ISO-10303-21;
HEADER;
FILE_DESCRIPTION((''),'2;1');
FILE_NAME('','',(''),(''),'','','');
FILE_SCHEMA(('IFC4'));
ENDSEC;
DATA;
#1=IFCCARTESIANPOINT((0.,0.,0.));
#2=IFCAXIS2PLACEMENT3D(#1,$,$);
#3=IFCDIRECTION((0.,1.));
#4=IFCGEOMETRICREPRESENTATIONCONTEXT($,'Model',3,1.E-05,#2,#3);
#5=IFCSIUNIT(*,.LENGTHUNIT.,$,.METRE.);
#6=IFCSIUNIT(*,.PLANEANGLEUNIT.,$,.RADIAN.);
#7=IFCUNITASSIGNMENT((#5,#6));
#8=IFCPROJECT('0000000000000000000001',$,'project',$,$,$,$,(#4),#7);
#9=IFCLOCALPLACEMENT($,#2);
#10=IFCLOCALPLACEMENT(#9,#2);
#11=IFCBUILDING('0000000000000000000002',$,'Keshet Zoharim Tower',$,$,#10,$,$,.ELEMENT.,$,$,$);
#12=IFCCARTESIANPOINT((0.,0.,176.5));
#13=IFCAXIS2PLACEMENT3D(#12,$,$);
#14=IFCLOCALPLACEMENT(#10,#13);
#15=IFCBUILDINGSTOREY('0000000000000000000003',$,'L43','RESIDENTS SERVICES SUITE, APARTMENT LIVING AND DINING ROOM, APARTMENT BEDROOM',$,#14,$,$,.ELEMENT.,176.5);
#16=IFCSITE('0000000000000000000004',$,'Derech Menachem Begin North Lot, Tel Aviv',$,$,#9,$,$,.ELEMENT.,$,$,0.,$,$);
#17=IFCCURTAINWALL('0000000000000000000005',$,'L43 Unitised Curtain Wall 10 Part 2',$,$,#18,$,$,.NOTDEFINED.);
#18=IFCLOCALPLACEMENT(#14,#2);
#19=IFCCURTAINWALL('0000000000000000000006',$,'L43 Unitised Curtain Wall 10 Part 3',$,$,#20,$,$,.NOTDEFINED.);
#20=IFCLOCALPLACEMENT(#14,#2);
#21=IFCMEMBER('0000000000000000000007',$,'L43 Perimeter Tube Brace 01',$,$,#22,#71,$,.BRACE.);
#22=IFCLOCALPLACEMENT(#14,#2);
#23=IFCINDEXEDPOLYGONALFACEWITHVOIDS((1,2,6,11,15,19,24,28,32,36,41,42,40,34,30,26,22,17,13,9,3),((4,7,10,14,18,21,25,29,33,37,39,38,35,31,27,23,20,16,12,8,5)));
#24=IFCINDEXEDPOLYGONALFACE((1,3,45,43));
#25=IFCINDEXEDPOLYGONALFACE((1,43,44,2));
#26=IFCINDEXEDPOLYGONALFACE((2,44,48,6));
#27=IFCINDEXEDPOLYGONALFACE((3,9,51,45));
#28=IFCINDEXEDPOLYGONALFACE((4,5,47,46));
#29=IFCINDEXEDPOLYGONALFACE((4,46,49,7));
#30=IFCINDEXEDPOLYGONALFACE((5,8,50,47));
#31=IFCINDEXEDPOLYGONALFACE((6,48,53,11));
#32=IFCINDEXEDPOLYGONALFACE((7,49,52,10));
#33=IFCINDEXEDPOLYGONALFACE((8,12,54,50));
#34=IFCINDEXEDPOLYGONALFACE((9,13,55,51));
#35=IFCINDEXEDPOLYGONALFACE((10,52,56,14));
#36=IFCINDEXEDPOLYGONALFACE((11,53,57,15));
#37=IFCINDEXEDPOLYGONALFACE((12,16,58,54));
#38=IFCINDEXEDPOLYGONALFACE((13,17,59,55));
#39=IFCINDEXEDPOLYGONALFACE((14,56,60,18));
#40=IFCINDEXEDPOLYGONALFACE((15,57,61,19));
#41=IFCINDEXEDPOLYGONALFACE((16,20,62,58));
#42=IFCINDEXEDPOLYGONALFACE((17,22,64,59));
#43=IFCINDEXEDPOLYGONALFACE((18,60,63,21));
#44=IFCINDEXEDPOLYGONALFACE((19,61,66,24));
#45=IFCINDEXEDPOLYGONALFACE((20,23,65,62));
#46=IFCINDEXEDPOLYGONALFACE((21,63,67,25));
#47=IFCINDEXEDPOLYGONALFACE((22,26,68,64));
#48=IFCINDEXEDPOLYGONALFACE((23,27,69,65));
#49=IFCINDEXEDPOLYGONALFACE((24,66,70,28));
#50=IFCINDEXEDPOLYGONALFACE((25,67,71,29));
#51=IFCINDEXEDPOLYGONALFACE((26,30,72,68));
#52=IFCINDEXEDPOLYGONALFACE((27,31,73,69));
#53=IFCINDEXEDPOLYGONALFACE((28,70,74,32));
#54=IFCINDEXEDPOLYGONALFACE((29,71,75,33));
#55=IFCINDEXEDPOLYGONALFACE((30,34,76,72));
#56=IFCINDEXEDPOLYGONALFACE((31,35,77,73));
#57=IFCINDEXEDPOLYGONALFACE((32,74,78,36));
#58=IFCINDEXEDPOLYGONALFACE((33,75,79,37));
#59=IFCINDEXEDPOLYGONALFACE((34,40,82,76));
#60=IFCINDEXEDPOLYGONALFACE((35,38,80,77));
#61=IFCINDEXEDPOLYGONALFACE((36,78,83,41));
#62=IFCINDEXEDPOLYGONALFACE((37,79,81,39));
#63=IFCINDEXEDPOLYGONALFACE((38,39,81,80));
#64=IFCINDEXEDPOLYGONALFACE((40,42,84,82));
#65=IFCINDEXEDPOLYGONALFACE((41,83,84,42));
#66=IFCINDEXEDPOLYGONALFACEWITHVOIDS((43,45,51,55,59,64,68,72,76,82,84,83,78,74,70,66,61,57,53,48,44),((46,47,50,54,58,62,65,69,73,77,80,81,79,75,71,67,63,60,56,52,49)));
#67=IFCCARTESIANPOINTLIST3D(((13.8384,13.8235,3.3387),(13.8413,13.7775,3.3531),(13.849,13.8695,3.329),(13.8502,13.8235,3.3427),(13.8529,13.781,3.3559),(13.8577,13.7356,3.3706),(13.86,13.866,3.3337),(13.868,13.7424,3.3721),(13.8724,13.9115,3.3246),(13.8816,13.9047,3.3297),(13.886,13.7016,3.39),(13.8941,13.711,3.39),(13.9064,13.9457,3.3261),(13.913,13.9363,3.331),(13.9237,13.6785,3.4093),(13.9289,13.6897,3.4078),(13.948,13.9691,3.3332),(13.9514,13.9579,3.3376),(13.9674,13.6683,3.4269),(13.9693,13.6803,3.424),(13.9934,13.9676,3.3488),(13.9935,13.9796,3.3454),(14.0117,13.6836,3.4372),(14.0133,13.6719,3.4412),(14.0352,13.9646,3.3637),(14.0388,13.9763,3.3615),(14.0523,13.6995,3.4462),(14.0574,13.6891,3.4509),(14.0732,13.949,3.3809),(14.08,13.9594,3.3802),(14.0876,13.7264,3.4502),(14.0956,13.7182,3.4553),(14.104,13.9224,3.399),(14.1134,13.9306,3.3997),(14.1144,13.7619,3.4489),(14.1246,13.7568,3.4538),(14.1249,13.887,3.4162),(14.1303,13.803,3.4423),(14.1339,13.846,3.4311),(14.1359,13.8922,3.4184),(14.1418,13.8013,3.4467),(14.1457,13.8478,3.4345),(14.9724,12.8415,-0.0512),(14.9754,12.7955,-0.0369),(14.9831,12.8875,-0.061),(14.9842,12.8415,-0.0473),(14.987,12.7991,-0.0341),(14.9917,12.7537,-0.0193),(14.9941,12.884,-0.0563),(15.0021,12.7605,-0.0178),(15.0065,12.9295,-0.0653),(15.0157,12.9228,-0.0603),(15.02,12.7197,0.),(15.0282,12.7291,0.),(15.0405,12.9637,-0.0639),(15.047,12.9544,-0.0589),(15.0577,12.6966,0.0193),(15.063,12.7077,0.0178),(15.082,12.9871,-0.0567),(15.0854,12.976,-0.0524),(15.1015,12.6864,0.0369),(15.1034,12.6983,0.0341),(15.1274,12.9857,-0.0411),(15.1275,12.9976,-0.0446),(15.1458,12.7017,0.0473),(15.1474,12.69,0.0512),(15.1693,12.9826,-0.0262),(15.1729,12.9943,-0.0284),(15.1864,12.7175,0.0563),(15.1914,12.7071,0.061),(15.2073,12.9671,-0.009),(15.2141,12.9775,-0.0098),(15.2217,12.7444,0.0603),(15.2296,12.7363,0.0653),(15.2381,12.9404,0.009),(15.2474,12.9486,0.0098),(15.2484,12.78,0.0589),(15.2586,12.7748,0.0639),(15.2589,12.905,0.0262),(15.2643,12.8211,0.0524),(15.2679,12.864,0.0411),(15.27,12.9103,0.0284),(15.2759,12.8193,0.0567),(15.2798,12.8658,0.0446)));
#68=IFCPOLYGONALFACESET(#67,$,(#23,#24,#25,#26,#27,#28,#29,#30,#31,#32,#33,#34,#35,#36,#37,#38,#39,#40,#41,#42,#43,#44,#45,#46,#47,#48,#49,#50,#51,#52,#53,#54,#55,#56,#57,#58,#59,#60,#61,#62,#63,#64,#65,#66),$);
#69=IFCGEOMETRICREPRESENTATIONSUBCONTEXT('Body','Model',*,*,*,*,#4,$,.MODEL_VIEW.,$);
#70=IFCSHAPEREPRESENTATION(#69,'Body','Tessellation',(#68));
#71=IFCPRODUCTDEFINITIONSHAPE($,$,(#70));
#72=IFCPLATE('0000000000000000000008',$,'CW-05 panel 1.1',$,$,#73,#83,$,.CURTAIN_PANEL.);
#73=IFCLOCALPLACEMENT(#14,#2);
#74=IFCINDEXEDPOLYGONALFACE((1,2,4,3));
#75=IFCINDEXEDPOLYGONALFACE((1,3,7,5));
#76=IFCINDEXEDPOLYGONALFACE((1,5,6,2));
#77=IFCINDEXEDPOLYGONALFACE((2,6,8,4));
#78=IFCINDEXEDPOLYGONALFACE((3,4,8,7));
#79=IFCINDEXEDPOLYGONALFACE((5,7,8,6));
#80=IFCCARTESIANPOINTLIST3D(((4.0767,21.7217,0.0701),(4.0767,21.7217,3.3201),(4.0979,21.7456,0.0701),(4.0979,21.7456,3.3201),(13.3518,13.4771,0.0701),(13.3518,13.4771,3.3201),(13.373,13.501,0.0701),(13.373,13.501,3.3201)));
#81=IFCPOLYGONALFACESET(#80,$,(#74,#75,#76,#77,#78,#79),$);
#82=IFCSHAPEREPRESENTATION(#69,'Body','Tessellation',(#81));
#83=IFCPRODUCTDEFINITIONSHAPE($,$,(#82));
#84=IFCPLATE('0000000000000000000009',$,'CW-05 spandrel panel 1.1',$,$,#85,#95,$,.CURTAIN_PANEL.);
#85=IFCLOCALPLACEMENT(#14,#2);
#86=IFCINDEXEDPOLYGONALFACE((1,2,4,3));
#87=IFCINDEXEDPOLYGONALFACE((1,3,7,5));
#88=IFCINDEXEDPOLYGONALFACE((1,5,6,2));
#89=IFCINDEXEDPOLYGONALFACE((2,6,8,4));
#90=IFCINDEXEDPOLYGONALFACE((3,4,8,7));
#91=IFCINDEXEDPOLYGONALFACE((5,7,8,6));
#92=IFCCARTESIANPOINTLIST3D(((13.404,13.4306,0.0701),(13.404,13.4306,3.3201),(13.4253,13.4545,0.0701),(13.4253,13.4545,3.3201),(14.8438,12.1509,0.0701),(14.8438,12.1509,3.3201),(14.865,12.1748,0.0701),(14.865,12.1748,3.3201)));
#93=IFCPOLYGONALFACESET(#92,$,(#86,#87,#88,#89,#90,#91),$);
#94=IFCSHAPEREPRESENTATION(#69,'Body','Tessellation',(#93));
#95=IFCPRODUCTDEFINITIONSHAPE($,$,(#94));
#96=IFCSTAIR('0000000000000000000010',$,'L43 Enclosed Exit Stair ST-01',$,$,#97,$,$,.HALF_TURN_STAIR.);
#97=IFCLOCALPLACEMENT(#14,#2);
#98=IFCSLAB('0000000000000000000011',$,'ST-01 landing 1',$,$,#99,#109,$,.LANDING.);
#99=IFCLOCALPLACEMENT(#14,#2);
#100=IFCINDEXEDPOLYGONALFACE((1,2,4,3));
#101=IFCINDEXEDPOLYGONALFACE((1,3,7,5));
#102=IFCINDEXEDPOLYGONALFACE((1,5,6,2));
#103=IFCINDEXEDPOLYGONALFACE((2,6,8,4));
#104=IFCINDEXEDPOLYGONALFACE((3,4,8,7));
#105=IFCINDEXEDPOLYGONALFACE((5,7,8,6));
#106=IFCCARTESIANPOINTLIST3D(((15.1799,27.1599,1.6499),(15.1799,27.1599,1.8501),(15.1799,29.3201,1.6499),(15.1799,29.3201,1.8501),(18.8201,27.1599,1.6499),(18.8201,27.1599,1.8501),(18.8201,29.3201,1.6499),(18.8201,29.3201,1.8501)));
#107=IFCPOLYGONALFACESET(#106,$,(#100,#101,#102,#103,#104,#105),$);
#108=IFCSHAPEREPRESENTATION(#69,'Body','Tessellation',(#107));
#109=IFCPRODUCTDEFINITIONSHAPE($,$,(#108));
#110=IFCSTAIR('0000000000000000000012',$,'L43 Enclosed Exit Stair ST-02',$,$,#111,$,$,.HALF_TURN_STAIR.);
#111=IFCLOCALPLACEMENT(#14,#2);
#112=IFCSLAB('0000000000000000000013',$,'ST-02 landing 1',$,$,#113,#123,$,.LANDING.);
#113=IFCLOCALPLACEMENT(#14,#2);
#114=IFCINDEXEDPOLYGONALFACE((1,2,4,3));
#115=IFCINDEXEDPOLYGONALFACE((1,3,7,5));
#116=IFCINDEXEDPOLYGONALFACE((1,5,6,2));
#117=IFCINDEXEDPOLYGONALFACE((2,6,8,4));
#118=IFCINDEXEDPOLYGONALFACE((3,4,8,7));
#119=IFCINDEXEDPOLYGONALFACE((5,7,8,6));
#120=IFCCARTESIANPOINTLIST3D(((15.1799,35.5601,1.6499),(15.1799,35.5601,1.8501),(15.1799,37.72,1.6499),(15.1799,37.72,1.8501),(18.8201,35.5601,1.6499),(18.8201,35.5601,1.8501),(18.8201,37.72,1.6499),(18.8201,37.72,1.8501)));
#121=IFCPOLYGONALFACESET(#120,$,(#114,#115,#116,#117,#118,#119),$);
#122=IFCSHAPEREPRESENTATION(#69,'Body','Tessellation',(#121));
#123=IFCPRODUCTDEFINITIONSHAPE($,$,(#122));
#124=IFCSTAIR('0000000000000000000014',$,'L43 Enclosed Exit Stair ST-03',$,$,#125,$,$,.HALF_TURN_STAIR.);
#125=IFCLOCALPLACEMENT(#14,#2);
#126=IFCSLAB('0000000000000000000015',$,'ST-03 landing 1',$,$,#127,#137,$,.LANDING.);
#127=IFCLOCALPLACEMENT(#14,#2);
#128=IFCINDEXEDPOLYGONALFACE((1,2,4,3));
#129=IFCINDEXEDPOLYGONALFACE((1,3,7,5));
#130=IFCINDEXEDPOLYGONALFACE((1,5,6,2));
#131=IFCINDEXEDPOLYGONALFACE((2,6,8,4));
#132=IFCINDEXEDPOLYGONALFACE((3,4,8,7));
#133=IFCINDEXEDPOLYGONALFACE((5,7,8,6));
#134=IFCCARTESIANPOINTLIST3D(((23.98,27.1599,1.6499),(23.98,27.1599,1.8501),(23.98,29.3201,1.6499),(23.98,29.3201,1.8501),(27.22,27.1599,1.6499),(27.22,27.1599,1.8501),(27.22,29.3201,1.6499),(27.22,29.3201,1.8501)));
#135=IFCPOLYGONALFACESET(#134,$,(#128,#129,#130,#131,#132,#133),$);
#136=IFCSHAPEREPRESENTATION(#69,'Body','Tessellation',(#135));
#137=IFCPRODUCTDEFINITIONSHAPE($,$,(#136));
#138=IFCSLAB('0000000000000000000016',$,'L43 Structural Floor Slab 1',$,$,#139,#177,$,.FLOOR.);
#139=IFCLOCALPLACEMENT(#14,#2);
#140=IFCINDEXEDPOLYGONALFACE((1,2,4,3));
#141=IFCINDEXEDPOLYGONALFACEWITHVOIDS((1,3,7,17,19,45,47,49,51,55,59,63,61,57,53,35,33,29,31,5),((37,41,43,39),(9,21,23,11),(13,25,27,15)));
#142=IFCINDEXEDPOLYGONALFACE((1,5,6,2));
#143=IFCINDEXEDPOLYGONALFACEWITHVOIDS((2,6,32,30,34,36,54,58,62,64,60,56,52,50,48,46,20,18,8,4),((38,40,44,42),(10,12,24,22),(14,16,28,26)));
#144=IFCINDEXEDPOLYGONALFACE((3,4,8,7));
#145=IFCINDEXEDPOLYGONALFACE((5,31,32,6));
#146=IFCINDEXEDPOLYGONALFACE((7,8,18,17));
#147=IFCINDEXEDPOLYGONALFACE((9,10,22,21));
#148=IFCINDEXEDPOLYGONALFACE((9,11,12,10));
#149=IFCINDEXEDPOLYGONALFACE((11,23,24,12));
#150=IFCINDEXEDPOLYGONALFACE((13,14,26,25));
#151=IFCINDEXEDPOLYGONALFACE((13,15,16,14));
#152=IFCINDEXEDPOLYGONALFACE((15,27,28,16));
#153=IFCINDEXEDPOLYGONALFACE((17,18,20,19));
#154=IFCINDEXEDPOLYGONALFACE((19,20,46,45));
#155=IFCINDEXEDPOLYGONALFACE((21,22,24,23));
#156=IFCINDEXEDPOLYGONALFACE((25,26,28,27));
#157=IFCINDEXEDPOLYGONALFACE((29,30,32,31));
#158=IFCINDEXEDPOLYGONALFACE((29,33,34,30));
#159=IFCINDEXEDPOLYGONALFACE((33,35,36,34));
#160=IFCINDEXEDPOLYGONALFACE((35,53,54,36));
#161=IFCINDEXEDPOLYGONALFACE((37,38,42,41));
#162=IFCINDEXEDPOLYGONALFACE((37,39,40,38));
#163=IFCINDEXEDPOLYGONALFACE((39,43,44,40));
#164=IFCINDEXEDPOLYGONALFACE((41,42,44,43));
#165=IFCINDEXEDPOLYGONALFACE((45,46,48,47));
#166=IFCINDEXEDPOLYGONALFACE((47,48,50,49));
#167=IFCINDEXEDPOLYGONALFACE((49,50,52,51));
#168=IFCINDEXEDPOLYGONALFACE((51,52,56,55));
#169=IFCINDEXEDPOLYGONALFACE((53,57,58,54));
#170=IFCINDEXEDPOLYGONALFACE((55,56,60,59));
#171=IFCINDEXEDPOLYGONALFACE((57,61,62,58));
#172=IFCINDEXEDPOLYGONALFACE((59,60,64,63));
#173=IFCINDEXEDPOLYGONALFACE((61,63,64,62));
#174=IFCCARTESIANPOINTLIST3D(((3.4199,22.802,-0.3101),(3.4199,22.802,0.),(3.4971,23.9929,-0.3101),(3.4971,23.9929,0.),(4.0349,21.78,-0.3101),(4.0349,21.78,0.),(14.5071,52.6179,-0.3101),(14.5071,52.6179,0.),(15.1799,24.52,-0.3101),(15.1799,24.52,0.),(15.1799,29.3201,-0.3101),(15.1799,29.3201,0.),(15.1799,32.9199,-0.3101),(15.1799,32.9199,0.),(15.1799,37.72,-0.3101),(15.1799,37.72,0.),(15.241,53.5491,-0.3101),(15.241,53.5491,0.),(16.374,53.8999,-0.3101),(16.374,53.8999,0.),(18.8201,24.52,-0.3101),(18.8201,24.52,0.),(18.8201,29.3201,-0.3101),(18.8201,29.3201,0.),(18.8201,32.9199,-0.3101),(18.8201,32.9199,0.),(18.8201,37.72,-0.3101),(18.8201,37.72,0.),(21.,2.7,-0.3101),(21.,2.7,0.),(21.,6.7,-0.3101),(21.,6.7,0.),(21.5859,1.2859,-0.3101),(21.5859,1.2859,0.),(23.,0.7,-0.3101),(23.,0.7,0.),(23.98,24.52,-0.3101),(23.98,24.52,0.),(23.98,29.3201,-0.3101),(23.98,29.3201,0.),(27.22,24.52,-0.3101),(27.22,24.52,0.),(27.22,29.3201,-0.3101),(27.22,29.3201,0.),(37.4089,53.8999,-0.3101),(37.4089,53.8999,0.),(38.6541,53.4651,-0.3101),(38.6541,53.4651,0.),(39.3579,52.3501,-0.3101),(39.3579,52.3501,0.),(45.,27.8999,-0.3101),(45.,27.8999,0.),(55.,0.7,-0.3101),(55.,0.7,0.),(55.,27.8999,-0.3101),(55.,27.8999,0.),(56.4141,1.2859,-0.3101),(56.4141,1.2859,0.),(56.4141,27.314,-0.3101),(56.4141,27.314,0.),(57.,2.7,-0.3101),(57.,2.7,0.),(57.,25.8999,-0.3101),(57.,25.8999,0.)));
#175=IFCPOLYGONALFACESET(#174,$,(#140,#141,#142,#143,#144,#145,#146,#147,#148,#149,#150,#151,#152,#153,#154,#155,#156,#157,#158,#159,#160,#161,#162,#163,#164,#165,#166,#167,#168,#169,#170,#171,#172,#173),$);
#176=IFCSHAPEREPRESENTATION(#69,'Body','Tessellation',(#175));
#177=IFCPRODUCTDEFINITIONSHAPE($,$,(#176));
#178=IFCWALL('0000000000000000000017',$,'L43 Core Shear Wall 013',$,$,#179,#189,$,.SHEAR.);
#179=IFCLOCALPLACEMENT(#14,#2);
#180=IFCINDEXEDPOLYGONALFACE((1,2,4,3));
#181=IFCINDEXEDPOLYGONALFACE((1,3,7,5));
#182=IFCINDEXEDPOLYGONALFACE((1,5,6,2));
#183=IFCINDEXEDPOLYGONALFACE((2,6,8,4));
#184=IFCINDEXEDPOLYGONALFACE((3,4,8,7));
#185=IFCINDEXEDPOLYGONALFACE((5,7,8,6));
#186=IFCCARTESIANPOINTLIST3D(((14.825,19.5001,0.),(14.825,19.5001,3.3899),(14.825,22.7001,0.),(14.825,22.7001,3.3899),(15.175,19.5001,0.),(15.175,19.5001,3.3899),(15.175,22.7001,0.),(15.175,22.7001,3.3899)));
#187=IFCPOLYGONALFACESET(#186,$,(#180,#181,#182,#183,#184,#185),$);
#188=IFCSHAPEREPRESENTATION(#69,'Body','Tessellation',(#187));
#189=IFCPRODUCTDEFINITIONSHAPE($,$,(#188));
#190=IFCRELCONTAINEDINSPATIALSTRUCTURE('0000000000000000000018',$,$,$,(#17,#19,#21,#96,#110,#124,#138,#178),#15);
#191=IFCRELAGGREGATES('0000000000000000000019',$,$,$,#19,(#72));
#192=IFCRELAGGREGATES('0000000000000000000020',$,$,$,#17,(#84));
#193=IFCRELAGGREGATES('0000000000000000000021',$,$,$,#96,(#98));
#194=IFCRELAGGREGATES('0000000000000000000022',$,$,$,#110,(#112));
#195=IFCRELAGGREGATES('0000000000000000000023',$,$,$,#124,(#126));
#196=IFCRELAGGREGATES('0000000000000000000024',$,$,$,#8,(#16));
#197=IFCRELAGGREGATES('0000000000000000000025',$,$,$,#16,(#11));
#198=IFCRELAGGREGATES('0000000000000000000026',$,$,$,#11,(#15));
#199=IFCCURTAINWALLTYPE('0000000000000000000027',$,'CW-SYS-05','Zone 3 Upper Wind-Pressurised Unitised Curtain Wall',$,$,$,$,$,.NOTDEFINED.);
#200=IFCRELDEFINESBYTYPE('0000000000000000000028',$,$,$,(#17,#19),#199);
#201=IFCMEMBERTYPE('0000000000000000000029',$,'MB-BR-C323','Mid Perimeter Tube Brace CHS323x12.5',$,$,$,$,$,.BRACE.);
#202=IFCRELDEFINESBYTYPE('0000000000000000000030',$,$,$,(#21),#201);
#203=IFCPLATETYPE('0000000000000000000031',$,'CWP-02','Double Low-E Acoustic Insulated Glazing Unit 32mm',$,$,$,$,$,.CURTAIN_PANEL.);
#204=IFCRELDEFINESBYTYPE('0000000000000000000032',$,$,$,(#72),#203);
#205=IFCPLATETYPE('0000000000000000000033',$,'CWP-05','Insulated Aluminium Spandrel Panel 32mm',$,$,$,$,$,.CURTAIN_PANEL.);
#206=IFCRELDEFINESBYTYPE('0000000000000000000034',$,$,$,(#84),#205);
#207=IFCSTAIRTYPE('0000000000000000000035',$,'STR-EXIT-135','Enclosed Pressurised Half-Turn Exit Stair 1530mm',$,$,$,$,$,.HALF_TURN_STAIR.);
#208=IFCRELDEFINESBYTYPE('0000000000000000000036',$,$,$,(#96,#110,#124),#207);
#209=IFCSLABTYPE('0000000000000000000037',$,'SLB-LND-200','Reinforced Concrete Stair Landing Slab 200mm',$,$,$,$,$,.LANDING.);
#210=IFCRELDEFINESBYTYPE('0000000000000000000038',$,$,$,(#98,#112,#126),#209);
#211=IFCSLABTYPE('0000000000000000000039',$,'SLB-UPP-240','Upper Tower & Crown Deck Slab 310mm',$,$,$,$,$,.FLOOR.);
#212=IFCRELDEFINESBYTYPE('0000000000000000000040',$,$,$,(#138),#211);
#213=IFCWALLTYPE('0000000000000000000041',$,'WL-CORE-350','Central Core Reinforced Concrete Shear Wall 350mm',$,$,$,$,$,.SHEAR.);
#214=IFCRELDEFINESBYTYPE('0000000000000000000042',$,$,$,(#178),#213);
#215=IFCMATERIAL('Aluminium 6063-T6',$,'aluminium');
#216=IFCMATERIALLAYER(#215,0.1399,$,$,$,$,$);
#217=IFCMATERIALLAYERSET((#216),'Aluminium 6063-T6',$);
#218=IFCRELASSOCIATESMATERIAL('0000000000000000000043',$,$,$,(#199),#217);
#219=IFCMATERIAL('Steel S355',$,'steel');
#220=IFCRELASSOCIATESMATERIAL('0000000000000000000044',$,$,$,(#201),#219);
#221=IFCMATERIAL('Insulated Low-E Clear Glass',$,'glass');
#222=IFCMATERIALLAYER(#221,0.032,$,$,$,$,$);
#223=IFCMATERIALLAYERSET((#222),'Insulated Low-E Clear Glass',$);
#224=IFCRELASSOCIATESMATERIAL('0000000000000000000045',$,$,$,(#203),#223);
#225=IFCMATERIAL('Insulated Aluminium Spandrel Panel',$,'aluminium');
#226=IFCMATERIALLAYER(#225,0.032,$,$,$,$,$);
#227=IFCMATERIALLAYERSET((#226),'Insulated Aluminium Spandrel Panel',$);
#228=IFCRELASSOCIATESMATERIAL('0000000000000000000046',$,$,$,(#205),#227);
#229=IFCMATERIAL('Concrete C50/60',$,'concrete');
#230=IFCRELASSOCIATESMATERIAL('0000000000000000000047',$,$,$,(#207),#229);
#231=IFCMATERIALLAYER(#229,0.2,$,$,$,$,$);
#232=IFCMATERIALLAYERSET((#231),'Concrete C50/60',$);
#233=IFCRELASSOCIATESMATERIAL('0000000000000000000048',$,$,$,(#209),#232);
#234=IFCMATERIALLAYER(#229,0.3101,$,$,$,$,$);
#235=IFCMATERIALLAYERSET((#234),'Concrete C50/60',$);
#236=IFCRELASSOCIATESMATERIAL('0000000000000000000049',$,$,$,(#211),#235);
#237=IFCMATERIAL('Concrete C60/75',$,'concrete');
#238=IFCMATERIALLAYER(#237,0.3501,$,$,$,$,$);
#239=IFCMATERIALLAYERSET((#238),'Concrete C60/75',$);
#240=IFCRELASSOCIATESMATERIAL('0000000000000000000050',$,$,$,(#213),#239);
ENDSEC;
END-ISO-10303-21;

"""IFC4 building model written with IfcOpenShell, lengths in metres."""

from ifc_helpers import new_model, si_unit, direction, frame, frame_2d, origin, origin_2d, place, context, subcontext, project, spatial, polyline, rectangle, hollow_circle, outline, extrude, material, layer, layer_set, material_profile, profile_set, type_object, element, aggregate, save


model = new_model("IFC4")

# Units and contexts
model_context = context("Model", 3, precision=1e-05, world=origin(), true_north=direction((0.0, 1.0)))
body_context = subcontext(model_context, "Body", "Model", "MODEL_VIEW")
ifc_project = project(units=[si_unit("LENGTHUNIT", "METRE"), si_unit("PLANEANGLEUNIT", "RADIAN")], contexts=[model_context])

# Site, building, storey
site_placement = place(None, origin())
site = spatial("IfcSite", under=ifc_project, at=site_placement, Name="Derech Menachem Begin North Lot, Tel Aviv", CompositionType="ELEMENT", RefElevation=0.0)
building_placement = place(site_placement, origin())
building = spatial("IfcBuilding", under=site, at=building_placement, Name="Keshet Zoharim Tower", CompositionType="ELEMENT")
storey_placement = place(building_placement, frame((0.0, 0.0, 176.5)))
storey = spatial("IfcBuildingStorey", under=building, at=storey_placement, Name="L43", Description="RESIDENTS SERVICES SUITE, APARTMENT LIVING AND DINING ROOM, APARTMENT BEDROOM", CompositionType="ELEMENT", Elevation=176.5)

# Shared definitions
ifc_material_1 = material(Name="Steel S355", Category="steel")
ifc_material_2 = material(Name="Concrete C60/75", Category="concrete")

# Shared definitions
ifc_material_3 = material(Name="Concrete C50/60", Category="concrete")

# Shared definitions
ifc_material_4 = material(Name="Aluminium 6063-T6", Category="aluminium")
ifc_layer_1 = layer(ifc_material_4, 0.1399)
ifc_layer_set_1 = layer_set([ifc_layer_1], Name="Aluminium 6063-T6")
curtain_wall_type = type_object("IfcCurtainWallType", Name="CW-SYS-05", Description="Zone 3 Upper Wind-Pressurised Unitised Curtain Wall", PredefinedType="NOTDEFINED", material=ifc_layer_set_1)

# Curtain walls
curtain_wall_1_placement = place(storey_placement, origin())
curtain_wall_1 = element("IfcCurtainWall", 1, at=curtain_wall_1_placement, inside=storey, type_object=curtain_wall_type, Name="L43 Unitised Curtain Wall 10 Part 2", PredefinedType="NOTDEFINED")
curtain_wall_2_placement = place(storey_placement, origin())
curtain_wall_2 = element("IfcCurtainWall", 2, at=curtain_wall_2_placement, inside=storey, type_object=curtain_wall_type, Name="L43 Unitised Curtain Wall 10 Part 3", PredefinedType="NOTDEFINED")

# Member
ifc_material_profile_1 = material_profile(ifc_material_1, hollow_circle(Radius=0.1619, WallThickness=0.0125, at=origin_2d()), Name="CHS323x12.5")
ifc_profile_set_1 = profile_set([ifc_material_profile_1], Name="Steel S355")
member_type_1 = type_object("IfcMemberType", Name="MB-BR-C323", Description="Mid Perimeter Tube Brace CHS323x12.5", PredefinedType="BRACE", material=ifc_profile_set_1)
member_1_placement = place(storey_placement, frame((15.126, 12.842, 0.0), z_axis=(-0.30592, 0.264889, 0.914466), x_axis=(-0.65459, -0.755984, 0.0)))
element("IfcMember", 3, at=member_1_placement, inside=storey, type_object=member_type_1, Name="L43 Perimeter Tube Brace 01", PredefinedType="BRACE", context=body_context, shape_type="SweptSolid", body=[
    extrude(hollow_circle(Radius=0.1619, WallThickness=0.0125, at=origin_2d()), origin(), (0.0, 0.0, 1.0), 3.707),
])

# Plates
ifc_material_5 = material(Name="Insulated Low-E Clear Glass", Category="glass")
ifc_layer_2 = layer(ifc_material_5, 0.032)
ifc_layer_set_2 = layer_set([ifc_layer_2], Name="Insulated Low-E Clear Glass")
plate_type_1 = type_object("IfcPlateType", Name="CWP-02", Description="Double Low-E Acoustic Insulated Glazing Unit 32mm", PredefinedType="CURTAIN_PANEL", material=ifc_layer_set_2)
plate_1_placement = place(storey_placement, frame((8.7249, 17.6113, 0.0701), z_axis=(0.0, 0.0, 1.0), x_axis=(-0.747407, 0.664367, 0.0)))
plate_1 = element("IfcPlate", 4, at=plate_1_placement, type_object=plate_type_1, Name="CW-05 panel 1.1", PredefinedType="CURTAIN_PANEL", context=body_context, shape_type="SweptSolid", body=[
    extrude(rectangle(XDim=12.4097, YDim=0.032, at=origin_2d()), origin(), (0.0, 0.0, 1.0), 3.25),
])
aggregate(curtain_wall_2, [plate_1])
ifc_material_6 = material(Name="Insulated Aluminium Spandrel Panel", Category="aluminium")
ifc_layer_3 = layer(ifc_material_6, 0.032)
ifc_layer_set_3 = layer_set([ifc_layer_3], Name="Insulated Aluminium Spandrel Panel")
plate_type_2 = type_object("IfcPlateType", Name="CWP-05", Description="Insulated Aluminium Spandrel Panel 32mm", PredefinedType="CURTAIN_PANEL", material=ifc_layer_set_3)
plate_2_placement = place(storey_placement, frame((14.1345, 12.8027, 0.0701), z_axis=(0.0, 0.0, 1.0), x_axis=(-0.74744, 0.66433, 0.0)))
plate_2 = element("IfcPlate", 5, at=plate_2_placement, type_object=plate_type_2, Name="CW-05 spandrel panel 1.1", PredefinedType="CURTAIN_PANEL", context=body_context, shape_type="SweptSolid", body=[
    extrude(rectangle(XDim=1.9263, YDim=0.032, at=origin_2d()), origin(), (0.0, 0.0, 1.0), 3.25),
])
aggregate(curtain_wall_1, [plate_2])

# Stairs, slabs
stair_type = type_object("IfcStairType", Name="STR-EXIT-135", Description="Enclosed Pressurised Half-Turn Exit Stair 1530mm", PredefinedType="HALF_TURN_STAIR", material=ifc_material_3)
stair_1_placement = place(storey_placement, origin())
stair_1 = element("IfcStair", 6, at=stair_1_placement, inside=storey, type_object=stair_type, Name="L43 Enclosed Exit Stair ST-01", PredefinedType="HALF_TURN_STAIR")
ifc_layer_4 = layer(ifc_material_3, 0.2)
ifc_layer_set_4 = layer_set([ifc_layer_4], Name="Concrete C50/60")
slab_type_1 = type_object("IfcSlabType", Name="SLB-LND-200", Description="Reinforced Concrete Stair Landing Slab 200mm", PredefinedType="LANDING", material=ifc_layer_set_4)
slab_1_placement = place(storey_placement, frame((0.0, 0.0, 1.6499)))
slab_1 = element("IfcSlab", 7, at=slab_1_placement, type_object=slab_type_1, Name="ST-01 landing 1", PredefinedType="LANDING", context=body_context, shape_type="SweptSolid", body=[
    extrude(outline(polyline([(15.1799, 27.1599), (18.8201, 27.1599), (18.8201, 29.3201), (15.1799, 29.3201), (15.1799, 27.1599)])), origin(), (0.0, 0.0, 1.0), 0.2002),
])
aggregate(stair_1, [slab_1])
stair_2_placement = place(storey_placement, origin())
stair_2 = element("IfcStair", 8, at=stair_2_placement, inside=storey, type_object=stair_type, Name="L43 Enclosed Exit Stair ST-02", PredefinedType="HALF_TURN_STAIR")
slab_2_placement = place(storey_placement, frame((0.0, 0.0, 1.6499)))
slab_2 = element("IfcSlab", 9, at=slab_2_placement, type_object=slab_type_1, Name="ST-02 landing 1", PredefinedType="LANDING", context=body_context, shape_type="SweptSolid", body=[
    extrude(outline(polyline([(15.1799, 35.5601), (18.8201, 35.5601), (18.8201, 37.72), (15.1799, 37.72), (15.1799, 35.5601)])), origin(), (0.0, 0.0, 1.0), 0.2002),
])
aggregate(stair_2, [slab_2])
stair_3_placement = place(storey_placement, origin())
stair_3 = element("IfcStair", 10, at=stair_3_placement, inside=storey, type_object=stair_type, Name="L43 Enclosed Exit Stair ST-03", PredefinedType="HALF_TURN_STAIR")
slab_3_placement = place(storey_placement, frame((0.0, 0.0, 1.6499)))
slab_3 = element("IfcSlab", 11, at=slab_3_placement, type_object=slab_type_1, Name="ST-03 landing 1", PredefinedType="LANDING", context=body_context, shape_type="SweptSolid", body=[
    extrude(outline(polyline([(23.98, 27.1599), (27.22, 27.1599), (27.22, 29.3201), (23.98, 29.3201), (23.98, 27.1599)])), origin(), (0.0, 0.0, 1.0), 0.2002),
])
aggregate(stair_3, [slab_3])

# Slab
ifc_layer_5 = layer(ifc_material_3, 0.3101)
ifc_layer_set_5 = layer_set([ifc_layer_5], Name="Concrete C50/60")
slab_type_2 = type_object("IfcSlabType", Name="SLB-UPP-240", Description="Upper Tower & Crown Deck Slab 310mm", PredefinedType="FLOOR", material=ifc_layer_set_5)
slab_4_placement = place(storey_placement, frame((0.0, 0.0, -0.3101)))
element("IfcSlab", 12, at=slab_4_placement, inside=storey, type_object=slab_type_2, Name="L43 Structural Floor Slab 1", PredefinedType="FLOOR", context=body_context, shape_type="SweptSolid", body=[
    extrude(outline(polyline([(55.0, 27.8999), (56.4141, 27.314), (57.0, 25.8999), (57.0, 2.7), (56.4141, 1.2859), (55.0, 0.7), (23.0, 0.7), (21.5859, 1.2859), (21.0, 2.7), (21.0, 6.7), (4.0349, 21.78), (3.4199, 22.802), (3.4971, 23.9929), (14.5071, 52.6179), (15.241, 53.5491), (16.374, 53.8999), (37.4089, 53.8999), (38.6541, 53.4651), (39.3579, 52.3501), (45.0, 27.8999), (55.0, 27.8999)]), holes=[polyline([(15.1799, 24.52), (18.8201, 24.52), (18.8201, 29.3201), (15.1799, 29.3201), (15.1799, 24.52)]), polyline([(15.1799, 32.9199), (18.8201, 32.9199), (18.8201, 37.72), (15.1799, 37.72), (15.1799, 32.9199)]), polyline([(23.98, 24.52), (27.22, 24.52), (27.22, 29.3201), (23.98, 29.3201), (23.98, 24.52)])]), origin(), (0.0, 0.0, 1.0), 0.3101),
])

# Wall
ifc_layer_6 = layer(ifc_material_2, 0.3501)
ifc_layer_set_6 = layer_set([ifc_layer_6], Name="Concrete C60/75")
wall_type_1 = type_object("IfcWallType", Name="WL-CORE-350", Description="Central Core Reinforced Concrete Shear Wall 350mm", PredefinedType="SHEAR", material=ifc_layer_set_6)
wall_1_placement = place(storey_placement, frame((15.0, 19.5, 0.0), z_axis=(0.0, 0.0, 1.0), x_axis=(0.0, 1.0, 0.0)))
element("IfcWall", 13, at=wall_1_placement, inside=storey, type_object=wall_type_1, Name="L43 Core Shear Wall 013", PredefinedType="SHEAR", context=body_context, shape_type="SweptSolid", body=[
    extrude(rectangle(XDim=3.2, YDim=0.3501, at=frame_2d((1.6001, 0.0))), origin(), (0.0, 0.0, 1.0), 3.3899),
])

save(model, "model.ifc")
